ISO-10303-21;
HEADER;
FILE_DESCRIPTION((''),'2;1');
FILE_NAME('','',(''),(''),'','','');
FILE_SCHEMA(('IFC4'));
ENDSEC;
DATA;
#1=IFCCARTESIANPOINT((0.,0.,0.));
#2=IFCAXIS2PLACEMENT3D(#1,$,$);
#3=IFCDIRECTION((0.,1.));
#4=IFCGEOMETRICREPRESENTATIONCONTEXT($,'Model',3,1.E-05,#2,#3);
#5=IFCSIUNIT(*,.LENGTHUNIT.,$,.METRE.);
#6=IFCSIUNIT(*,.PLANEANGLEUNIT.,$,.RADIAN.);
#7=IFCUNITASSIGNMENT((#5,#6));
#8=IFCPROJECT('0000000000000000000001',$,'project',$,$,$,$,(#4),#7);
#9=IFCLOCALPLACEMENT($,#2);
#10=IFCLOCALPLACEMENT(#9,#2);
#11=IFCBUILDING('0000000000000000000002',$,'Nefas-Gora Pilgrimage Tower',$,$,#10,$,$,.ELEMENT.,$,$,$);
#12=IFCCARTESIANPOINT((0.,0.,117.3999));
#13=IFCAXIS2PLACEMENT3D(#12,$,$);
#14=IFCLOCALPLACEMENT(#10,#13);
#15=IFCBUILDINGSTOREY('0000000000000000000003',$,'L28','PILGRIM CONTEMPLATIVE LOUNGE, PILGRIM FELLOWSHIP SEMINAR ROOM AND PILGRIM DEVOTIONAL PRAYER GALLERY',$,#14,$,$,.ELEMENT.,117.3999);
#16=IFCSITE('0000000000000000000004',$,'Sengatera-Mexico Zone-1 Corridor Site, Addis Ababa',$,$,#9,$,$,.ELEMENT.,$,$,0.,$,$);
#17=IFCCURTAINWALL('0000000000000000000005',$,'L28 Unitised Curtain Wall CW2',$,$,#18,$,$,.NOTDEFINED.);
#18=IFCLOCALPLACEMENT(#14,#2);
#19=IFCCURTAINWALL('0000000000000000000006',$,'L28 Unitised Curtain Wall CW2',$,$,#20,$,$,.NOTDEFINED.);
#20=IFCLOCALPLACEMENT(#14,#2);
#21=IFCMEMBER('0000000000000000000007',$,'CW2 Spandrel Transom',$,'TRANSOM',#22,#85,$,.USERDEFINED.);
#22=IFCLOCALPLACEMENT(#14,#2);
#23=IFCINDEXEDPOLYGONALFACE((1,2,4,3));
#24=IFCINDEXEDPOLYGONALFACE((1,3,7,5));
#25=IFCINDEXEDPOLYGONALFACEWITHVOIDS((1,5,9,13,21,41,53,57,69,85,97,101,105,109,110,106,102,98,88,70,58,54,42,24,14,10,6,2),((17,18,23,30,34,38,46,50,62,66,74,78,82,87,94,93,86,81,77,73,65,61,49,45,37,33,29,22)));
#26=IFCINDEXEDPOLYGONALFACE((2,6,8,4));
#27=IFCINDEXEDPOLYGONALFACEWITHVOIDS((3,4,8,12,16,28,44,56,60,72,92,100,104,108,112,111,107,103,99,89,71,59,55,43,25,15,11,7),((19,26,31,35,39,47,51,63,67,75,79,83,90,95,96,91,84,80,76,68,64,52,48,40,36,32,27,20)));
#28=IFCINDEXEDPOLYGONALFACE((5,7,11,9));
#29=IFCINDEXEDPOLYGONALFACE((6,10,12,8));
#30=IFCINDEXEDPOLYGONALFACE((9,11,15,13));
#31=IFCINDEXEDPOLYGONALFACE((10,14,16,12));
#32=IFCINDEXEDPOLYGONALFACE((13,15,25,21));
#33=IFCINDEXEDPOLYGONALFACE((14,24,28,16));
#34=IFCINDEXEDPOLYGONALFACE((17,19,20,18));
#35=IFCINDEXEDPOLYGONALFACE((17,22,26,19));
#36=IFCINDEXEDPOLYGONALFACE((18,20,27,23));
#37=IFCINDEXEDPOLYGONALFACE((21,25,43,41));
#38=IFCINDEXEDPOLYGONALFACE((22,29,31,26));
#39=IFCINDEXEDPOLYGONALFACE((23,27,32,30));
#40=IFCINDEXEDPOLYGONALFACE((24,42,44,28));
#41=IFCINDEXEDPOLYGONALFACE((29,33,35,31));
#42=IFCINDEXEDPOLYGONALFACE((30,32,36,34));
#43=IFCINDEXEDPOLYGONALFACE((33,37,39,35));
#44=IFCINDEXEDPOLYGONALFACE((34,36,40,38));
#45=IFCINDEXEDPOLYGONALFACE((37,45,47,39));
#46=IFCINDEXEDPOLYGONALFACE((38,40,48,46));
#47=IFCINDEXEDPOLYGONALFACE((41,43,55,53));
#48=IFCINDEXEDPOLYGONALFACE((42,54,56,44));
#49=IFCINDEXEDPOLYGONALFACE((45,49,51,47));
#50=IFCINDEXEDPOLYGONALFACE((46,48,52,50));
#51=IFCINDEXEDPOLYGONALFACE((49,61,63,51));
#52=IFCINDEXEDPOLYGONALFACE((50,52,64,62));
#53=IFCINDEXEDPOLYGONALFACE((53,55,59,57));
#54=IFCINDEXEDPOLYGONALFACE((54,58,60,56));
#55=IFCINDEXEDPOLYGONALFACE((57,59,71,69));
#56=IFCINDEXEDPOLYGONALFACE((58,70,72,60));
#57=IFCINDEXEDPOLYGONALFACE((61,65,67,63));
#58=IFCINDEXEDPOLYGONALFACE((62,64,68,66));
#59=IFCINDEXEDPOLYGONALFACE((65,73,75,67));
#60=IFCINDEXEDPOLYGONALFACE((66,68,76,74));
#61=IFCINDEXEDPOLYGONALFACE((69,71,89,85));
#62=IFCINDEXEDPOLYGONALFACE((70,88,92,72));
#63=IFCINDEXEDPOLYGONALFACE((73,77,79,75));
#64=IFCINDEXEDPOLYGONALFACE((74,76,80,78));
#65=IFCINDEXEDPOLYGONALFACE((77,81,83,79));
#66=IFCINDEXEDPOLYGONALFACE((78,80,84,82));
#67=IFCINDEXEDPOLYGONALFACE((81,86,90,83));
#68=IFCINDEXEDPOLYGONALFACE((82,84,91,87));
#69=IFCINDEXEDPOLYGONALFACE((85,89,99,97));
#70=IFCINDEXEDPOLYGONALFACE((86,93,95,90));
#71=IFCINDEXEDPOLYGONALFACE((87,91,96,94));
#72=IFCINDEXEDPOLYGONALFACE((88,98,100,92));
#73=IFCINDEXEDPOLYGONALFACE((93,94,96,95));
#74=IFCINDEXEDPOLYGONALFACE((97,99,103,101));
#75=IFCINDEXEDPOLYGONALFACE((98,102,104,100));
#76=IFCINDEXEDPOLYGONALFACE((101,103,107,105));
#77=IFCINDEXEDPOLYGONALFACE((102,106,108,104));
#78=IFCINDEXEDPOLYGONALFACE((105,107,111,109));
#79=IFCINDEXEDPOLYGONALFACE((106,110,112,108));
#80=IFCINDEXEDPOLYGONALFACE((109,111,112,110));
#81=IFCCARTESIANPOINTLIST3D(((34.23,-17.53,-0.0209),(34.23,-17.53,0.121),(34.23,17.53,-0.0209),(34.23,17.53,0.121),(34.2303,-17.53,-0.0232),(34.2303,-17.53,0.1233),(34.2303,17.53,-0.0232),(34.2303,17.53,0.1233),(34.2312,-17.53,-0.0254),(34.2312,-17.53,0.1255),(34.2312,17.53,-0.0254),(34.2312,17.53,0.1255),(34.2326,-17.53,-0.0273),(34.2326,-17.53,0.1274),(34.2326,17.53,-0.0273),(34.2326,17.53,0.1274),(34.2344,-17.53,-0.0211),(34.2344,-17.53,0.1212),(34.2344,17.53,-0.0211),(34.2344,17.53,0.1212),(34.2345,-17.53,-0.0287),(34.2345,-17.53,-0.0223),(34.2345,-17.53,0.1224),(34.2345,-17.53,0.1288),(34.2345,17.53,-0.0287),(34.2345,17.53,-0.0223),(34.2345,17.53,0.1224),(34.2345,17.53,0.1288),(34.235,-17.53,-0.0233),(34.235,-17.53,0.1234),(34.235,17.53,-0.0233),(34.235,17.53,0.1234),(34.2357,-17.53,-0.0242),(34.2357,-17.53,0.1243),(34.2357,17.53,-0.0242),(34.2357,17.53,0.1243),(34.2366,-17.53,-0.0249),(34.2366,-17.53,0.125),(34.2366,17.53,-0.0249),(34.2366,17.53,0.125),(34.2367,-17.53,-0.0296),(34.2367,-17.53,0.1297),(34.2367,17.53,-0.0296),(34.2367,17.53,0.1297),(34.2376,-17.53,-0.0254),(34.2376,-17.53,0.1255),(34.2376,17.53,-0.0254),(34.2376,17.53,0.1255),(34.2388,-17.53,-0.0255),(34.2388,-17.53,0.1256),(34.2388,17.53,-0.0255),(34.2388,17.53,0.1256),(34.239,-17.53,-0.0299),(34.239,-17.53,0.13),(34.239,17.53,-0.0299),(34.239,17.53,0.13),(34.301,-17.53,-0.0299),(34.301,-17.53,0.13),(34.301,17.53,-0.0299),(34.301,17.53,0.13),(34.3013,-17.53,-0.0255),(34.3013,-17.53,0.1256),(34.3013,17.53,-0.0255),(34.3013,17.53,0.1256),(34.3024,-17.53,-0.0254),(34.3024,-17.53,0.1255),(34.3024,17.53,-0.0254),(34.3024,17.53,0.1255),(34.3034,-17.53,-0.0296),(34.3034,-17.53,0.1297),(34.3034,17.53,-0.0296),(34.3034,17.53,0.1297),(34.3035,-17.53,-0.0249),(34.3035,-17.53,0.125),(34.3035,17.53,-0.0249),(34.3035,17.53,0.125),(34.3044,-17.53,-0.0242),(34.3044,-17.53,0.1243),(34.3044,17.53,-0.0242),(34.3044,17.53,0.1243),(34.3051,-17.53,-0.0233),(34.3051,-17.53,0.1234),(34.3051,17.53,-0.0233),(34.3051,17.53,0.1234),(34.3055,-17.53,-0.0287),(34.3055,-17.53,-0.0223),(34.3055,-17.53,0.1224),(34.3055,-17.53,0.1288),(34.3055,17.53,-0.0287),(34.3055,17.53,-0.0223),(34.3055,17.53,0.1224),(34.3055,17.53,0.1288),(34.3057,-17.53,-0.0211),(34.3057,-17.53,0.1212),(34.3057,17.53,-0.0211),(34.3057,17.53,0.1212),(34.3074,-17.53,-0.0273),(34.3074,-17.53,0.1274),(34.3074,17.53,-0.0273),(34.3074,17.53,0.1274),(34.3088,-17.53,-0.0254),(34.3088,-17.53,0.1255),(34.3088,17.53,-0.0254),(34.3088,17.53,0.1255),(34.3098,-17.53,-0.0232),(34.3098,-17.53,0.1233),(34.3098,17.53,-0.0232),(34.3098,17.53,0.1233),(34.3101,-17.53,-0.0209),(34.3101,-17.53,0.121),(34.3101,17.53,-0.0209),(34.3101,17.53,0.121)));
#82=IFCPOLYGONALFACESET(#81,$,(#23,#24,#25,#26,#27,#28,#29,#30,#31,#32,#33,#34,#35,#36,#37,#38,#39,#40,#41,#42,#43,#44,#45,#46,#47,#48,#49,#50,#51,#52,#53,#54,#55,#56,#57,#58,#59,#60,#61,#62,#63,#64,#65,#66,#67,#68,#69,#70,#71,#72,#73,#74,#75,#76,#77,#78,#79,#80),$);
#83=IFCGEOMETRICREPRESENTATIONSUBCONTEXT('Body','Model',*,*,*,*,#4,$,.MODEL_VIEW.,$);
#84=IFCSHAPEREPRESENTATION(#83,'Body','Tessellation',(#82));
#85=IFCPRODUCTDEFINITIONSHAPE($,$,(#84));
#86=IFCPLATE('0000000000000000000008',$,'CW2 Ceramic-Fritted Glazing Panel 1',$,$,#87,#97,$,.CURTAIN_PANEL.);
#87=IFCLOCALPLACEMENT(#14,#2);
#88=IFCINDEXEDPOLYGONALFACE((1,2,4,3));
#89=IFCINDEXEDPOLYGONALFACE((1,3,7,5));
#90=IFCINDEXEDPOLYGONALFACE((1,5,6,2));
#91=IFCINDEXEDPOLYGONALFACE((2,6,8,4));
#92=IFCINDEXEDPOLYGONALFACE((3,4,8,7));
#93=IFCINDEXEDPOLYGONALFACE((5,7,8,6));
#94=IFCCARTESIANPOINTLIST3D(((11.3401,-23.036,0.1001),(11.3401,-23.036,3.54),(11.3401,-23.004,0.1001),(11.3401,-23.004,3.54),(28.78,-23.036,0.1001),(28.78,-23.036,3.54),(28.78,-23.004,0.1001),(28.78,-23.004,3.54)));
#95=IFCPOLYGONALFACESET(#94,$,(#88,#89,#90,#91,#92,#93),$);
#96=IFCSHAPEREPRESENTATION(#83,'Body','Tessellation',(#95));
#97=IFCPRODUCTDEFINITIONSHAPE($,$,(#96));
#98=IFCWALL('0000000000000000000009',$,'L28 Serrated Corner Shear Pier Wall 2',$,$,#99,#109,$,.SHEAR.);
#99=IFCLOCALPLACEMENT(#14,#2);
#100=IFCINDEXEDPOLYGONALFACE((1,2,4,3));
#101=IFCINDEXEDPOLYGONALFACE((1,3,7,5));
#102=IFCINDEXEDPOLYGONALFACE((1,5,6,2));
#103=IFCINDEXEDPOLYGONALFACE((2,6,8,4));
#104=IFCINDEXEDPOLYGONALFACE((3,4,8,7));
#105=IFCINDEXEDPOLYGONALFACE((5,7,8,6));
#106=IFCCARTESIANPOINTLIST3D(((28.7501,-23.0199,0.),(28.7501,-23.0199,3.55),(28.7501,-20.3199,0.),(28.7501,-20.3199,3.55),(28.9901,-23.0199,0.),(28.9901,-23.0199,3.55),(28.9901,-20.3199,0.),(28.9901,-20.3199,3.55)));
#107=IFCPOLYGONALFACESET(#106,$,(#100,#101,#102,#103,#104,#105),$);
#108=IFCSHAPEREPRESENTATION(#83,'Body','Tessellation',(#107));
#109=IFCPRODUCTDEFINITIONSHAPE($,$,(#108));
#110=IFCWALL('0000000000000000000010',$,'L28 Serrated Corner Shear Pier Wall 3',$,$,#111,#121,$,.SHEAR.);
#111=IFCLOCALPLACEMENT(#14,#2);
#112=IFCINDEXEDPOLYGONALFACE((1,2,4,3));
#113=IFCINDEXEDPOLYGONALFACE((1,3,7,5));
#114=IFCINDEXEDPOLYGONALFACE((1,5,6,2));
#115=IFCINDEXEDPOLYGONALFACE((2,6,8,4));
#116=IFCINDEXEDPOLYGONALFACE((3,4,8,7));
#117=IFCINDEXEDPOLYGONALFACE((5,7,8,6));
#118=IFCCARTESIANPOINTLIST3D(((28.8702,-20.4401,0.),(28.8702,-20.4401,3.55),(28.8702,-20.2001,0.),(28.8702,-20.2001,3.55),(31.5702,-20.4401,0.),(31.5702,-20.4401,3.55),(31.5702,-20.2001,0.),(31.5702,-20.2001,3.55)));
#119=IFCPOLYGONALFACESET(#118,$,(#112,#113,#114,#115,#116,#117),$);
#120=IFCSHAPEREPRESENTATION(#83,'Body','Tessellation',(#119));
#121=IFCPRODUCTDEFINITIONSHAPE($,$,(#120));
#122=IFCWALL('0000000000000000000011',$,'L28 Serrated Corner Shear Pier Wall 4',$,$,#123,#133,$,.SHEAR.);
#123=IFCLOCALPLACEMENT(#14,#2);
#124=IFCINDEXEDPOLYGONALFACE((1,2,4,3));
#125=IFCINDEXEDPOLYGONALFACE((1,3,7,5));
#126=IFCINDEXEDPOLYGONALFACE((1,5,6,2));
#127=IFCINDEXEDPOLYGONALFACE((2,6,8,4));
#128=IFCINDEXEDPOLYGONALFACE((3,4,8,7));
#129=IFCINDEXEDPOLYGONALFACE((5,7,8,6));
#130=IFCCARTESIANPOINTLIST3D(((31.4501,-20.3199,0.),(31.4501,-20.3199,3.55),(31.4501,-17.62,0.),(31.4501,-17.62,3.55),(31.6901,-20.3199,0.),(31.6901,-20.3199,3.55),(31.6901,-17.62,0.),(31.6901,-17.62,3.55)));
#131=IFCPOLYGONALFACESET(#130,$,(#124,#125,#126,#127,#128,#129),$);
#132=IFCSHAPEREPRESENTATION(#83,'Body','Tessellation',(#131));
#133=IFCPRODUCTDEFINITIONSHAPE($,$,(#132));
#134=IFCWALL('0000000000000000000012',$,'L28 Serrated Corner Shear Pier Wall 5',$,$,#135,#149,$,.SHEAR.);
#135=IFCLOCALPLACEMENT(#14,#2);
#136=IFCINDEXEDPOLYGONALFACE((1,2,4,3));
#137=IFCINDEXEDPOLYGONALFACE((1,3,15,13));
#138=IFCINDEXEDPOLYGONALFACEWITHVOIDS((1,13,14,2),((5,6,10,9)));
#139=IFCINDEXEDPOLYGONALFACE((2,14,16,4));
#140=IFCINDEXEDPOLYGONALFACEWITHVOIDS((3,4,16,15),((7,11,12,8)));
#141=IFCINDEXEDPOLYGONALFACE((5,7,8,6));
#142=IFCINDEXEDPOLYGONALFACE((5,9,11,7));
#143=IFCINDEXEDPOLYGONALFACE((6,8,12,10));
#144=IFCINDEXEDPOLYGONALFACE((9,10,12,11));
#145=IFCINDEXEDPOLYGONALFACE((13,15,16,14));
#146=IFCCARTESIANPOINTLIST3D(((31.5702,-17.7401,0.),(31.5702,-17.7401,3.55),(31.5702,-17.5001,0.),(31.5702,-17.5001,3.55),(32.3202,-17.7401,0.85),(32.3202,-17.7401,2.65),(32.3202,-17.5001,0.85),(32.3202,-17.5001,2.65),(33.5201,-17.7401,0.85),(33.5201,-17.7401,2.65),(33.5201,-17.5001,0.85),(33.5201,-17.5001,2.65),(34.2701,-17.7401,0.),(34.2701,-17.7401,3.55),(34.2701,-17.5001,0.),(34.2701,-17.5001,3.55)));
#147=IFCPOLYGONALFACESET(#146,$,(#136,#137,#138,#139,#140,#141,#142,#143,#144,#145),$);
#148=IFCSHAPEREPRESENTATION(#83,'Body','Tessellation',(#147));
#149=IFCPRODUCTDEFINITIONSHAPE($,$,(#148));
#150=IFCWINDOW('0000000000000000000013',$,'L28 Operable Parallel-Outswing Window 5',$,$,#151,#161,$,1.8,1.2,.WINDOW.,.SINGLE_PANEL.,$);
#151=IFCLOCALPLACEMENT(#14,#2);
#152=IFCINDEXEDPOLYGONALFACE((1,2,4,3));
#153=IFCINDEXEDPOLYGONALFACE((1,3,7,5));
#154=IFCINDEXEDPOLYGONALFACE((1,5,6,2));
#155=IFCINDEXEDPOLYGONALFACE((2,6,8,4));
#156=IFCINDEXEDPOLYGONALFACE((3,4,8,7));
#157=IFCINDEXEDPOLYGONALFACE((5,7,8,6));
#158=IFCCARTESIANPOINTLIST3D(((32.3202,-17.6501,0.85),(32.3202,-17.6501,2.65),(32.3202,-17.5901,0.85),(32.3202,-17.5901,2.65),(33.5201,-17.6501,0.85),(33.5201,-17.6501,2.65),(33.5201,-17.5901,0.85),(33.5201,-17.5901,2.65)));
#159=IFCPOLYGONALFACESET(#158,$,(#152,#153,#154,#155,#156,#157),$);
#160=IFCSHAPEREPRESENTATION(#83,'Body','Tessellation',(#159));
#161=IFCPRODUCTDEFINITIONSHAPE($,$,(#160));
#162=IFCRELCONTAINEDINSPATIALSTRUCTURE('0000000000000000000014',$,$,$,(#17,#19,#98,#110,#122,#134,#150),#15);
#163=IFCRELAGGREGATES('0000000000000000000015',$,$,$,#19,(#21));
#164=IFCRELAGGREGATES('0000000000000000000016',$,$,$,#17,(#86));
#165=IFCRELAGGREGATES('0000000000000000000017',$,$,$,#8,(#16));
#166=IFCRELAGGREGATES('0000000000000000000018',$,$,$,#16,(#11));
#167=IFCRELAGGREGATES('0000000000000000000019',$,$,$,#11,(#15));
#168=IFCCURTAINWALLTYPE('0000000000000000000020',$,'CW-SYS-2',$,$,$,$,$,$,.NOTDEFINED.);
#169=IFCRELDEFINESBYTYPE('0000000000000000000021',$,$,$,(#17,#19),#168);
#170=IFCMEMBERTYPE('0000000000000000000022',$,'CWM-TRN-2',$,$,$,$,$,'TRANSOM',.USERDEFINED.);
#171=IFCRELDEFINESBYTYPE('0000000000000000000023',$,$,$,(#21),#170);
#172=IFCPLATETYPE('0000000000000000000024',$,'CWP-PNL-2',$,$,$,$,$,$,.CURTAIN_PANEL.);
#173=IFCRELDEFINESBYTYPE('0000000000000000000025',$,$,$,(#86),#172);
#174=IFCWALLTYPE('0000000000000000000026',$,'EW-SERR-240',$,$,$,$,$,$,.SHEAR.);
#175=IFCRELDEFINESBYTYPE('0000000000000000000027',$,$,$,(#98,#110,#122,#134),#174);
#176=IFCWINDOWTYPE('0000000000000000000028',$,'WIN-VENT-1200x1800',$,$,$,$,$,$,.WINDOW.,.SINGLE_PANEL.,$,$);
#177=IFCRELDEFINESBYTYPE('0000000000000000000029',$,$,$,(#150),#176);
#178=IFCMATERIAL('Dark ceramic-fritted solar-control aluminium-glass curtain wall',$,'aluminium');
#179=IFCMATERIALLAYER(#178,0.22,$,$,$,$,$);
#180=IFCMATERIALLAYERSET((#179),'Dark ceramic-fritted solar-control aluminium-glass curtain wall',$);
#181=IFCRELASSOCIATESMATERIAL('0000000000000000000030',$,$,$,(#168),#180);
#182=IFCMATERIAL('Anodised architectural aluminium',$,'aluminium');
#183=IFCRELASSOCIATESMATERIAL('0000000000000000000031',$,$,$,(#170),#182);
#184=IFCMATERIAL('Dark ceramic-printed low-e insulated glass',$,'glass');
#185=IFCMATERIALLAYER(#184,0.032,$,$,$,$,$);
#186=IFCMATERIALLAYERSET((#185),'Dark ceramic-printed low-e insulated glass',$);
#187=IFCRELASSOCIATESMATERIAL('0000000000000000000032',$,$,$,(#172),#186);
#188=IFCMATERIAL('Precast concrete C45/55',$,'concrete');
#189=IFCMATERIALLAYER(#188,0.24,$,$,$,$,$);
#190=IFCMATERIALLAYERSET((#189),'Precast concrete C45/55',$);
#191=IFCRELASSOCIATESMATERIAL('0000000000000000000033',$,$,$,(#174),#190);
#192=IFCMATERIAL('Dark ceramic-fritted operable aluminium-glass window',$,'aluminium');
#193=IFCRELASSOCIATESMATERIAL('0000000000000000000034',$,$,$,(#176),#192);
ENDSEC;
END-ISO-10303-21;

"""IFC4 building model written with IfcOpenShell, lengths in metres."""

from ifc_helpers import new_model, si_unit, direction, frame, frame_2d, origin, origin_2d, place, context, subcontext, project, spatial, rectangle, hollow_rectangle, extrude, source, transform, mapped, material, layer, layer_set, material_profile, profile_set, type_object, element, fill, aggregate, save


model = new_model("IFC4")

# Units and contexts
model_context = context("Model", 3, precision=1e-05, world=origin(), true_north=direction((0.0, 1.0)))
body_context = subcontext(model_context, "Body", "Model", "MODEL_VIEW")
ifc_project = project(units=[si_unit("LENGTHUNIT", "METRE"), si_unit("PLANEANGLEUNIT", "RADIAN")], contexts=[model_context])

# Site, building, storey
site_placement = place(None, origin())
site = spatial("IfcSite", under=ifc_project, at=site_placement, Name="Sengatera-Mexico Zone-1 Corridor Site, Addis Ababa", CompositionType="ELEMENT", RefElevation=0.0)
building_placement = place(site_placement, origin())
building = spatial("IfcBuilding", under=site, at=building_placement, Name="Nefas-Gora Pilgrimage Tower", CompositionType="ELEMENT")
storey_placement = place(building_placement, frame((0.0, 0.0, 117.3999)))
storey = spatial("IfcBuildingStorey", under=building, at=storey_placement, Name="L28", Description="PILGRIM CONTEMPLATIVE LOUNGE, PILGRIM FELLOWSHIP SEMINAR ROOM AND PILGRIM DEVOTIONAL PRAYER GALLERY", CompositionType="ELEMENT", Elevation=117.3999)

# Curtain wall
ifc_material_1 = material(Name="Dark ceramic-fritted solar-control aluminium-glass curtain wall", Category="aluminium")
ifc_layer_1 = layer(ifc_material_1, 0.22)
ifc_layer_set_1 = layer_set([ifc_layer_1], Name="Dark ceramic-fritted solar-control aluminium-glass curtain wall")
curtain_wall_type = type_object("IfcCurtainWallType", Name="CW-SYS-2", PredefinedType="NOTDEFINED", material=ifc_layer_set_1)
curtain_wall_1_placement = place(storey_placement, origin())
curtain_wall_1 = element("IfcCurtainWall", 1, at=curtain_wall_1_placement, inside=storey, type_object=curtain_wall_type, Name="L28 Unitised Curtain Wall CW2", PredefinedType="NOTDEFINED")
ifc_material_2 = material(Name="Anodised architectural aluminium", Category="aluminium")

# Curtain wall, member
curtain_wall_2_placement = place(storey_placement, origin())
curtain_wall_2 = element("IfcCurtainWall", 2, at=curtain_wall_2_placement, inside=storey, type_object=curtain_wall_type, Name="L28 Unitised Curtain Wall CW2", PredefinedType="NOTDEFINED")
ifc_material_profile_1 = material_profile(ifc_material_2, hollow_rectangle(XDim=0.0801, YDim=0.1599, WallThickness=0.0044, InnerFilletRadius=0.0044, OuterFilletRadius=0.009, at=origin_2d()), Name="ALU TRANSOM 80x160")
ifc_profile_set_1 = profile_set([ifc_material_profile_1], Name="Anodised architectural aluminium")
member_type_1 = type_object("IfcMemberType", Name="CWM-TRN-2", ElementType="TRANSOM", PredefinedType="USERDEFINED", material=ifc_profile_set_1)
shared_shape_1 = source(origin(), body_context, "Body", "SweptSolid", [
    extrude(hollow_rectangle(XDim=0.0801, YDim=0.1599, WallThickness=0.0044, InnerFilletRadius=0.0044, OuterFilletRadius=0.009, at=origin_2d()), origin(), (0.0, 0.0, 1.0), 35.0601),
])
member_1_placement = place(storey_placement, frame((34.27, -17.53, 0.05), z_axis=(0.0, 1.0, 0.0), x_axis=(-1.0, 0.0, 0.0)))
member_1 = element("IfcMember", 3, at=member_1_placement, type_object=member_type_1, Name="CW2 Spandrel Transom", ObjectType="TRANSOM", PredefinedType="USERDEFINED", context=body_context, shape_type="MappedRepresentation", body=[
    mapped(shared_shape_1, transform((0.0, 0.0, 0.0), x_axis=(1.0, 0.0, 0.0), y_axis=(0.0, 1.0, 0.0), z_axis=(0.0, 0.0, 1.0), scale=1.0)),
])
aggregate(curtain_wall_2, [member_1])

# Plate
ifc_material_3 = material(Name="Dark ceramic-printed low-e insulated glass", Category="glass")
ifc_layer_2 = layer(ifc_material_3, 0.032)
ifc_layer_set_2 = layer_set([ifc_layer_2], Name="Dark ceramic-printed low-e insulated glass")
plate_type = type_object("IfcPlateType", Name="CWP-PNL-2", PredefinedType="CURTAIN_PANEL", material=ifc_layer_set_2)
shared_shape_2 = source(origin(), body_context, "Body", "SweptSolid", [
    extrude(rectangle(XDim=17.4399, YDim=0.032, at=origin_2d()), origin(), (0.0, 0.0, 1.0), 3.4399),
])
plate_placement = place(storey_placement, frame((20.0601, -23.02, 0.1001), z_axis=(0.0, 0.0, 1.0), x_axis=(1.0, 0.0, 0.0)))
plate = element("IfcPlate", 4, at=plate_placement, type_object=plate_type, Name="CW2 Ceramic-Fritted Glazing Panel 1", PredefinedType="CURTAIN_PANEL", context=body_context, shape_type="MappedRepresentation", body=[
    mapped(shared_shape_2, transform((0.0, 0.0, 0.0), x_axis=(1.0, 0.0, 0.0), y_axis=(0.0, 1.0, 0.0), z_axis=(0.0, 0.0, 1.0), scale=1.0)),
])
aggregate(curtain_wall_1, [plate])

# Walls
ifc_material_4 = material(Name="Precast concrete C45/55", Category="concrete")
ifc_layer_3 = layer(ifc_material_4, 0.24)
ifc_layer_set_3 = layer_set([ifc_layer_3], Name="Precast concrete C45/55")
wall_type_1 = type_object("IfcWallType", Name="EW-SERR-240", PredefinedType="SHEAR", material=ifc_layer_set_3)
shared_shape_3 = source(origin(), body_context, "Body", "SweptSolid", [
    extrude(rectangle(XDim=2.7, YDim=0.24, at=frame_2d((1.3501, 0.0))), origin(), (0.0, 0.0, 1.0), 3.55),
])
for number, where, z_axis, x_axis, name in (
    (5, (28.8701, -23.02, 0.0), (0.0, 0.0, 1.0), (0.0, 1.0, 0.0), "L28 Serrated Corner Shear Pier Wall 2"),
    (6, (28.8701, -20.3201, 0.0), (0.0, 0.0, 1.0), (1.0, 0.0, 0.0), "L28 Serrated Corner Shear Pier Wall 3"),
    (7, (31.5701, -20.3201, 0.0), (0.0, 0.0, 1.0), (0.0, 1.0, 0.0), "L28 Serrated Corner Shear Pier Wall 4"),
):
    element("IfcWall", number, at=place(storey_placement, frame(where, z_axis=z_axis, x_axis=x_axis)), inside=storey, type_object=wall_type_1, Name=name, PredefinedType="SHEAR", context=body_context, shape_type="MappedRepresentation", body=[
        mapped(shared_shape_3, transform((0.0, 0.0, 0.0), x_axis=(1.0, 0.0, 0.0), y_axis=(0.0, 1.0, 0.0), z_axis=(0.0, 0.0, 1.0), scale=1.0)),
    ])

# Wall, opening, window
wall_1_placement = place(storey_placement, frame((31.5701, -17.6201, 0.0), z_axis=(0.0, 0.0, 1.0), x_axis=(1.0, 0.0, 0.0)))
wall_1 = element("IfcWall", 8, at=wall_1_placement, inside=storey, type_object=wall_type_1, Name="L28 Serrated Corner Shear Pier Wall 5", PredefinedType="SHEAR", context=body_context, shape_type="MappedRepresentation", body=[
    mapped(shared_shape_3, transform((0.0, 0.0, 0.0), x_axis=(1.0, 0.0, 0.0), y_axis=(0.0, 1.0, 0.0), z_axis=(0.0, 0.0, 1.0), scale=1.0)),
])
opening_1_placement = place(wall_1_placement, frame((0.75, 0.0, 0.8501)))
opening_1 = element("IfcOpeningElement", 9, at=opening_1_placement, cuts=wall_1, PredefinedType="OPENING", context=body_context, shape_type="SweptSolid", body=[
    extrude(rectangle(XDim=1.2, YDim=1.8, at=frame_2d((0.6001, 0.8999))), frame((0.0, 0.1299, 0.0), z_axis=(0.0, -1.0, 0.0), x_axis=(1.0, 0.0, 0.0)), (0.0, 0.0, 1.0), 0.26),
])
ifc_material_5 = material(Name="Dark ceramic-fritted operable aluminium-glass window", Category="aluminium")
window_type = type_object("IfcWindowType", Name="WIN-VENT-1200x1800", PartitioningType="SINGLE_PANEL", PredefinedType="WINDOW", material=ifc_material_5)
shared_shape_4 = source(origin(), body_context, "Body", "SweptSolid", [
    extrude(rectangle(XDim=1.2, YDim=1.8, at=frame_2d((0.6001, 0.8999))), frame((0.0, 0.03, 0.0), z_axis=(0.0, -1.0, 0.0), x_axis=(1.0, 0.0, 0.0)), (0.0, 0.0, 1.0), 0.0601),
])
window_placement = place(opening_1_placement, origin())
window = element("IfcWindow", 10, at=window_placement, inside=storey, type_object=window_type, Name="L28 Operable Parallel-Outswing Window 5", OverallHeight=1.8, OverallWidth=1.2, PartitioningType="SINGLE_PANEL", PredefinedType="WINDOW", context=body_context, shape_type="MappedRepresentation", body=[
    mapped(shared_shape_4, transform((0.0, 0.0, 0.0), x_axis=(1.0, 0.0, 0.0), y_axis=(0.0, 1.0, 0.0), z_axis=(0.0, 0.0, 1.0), scale=1.0)),
])
fill(opening_1, window)

save(model, "model.ifc")
